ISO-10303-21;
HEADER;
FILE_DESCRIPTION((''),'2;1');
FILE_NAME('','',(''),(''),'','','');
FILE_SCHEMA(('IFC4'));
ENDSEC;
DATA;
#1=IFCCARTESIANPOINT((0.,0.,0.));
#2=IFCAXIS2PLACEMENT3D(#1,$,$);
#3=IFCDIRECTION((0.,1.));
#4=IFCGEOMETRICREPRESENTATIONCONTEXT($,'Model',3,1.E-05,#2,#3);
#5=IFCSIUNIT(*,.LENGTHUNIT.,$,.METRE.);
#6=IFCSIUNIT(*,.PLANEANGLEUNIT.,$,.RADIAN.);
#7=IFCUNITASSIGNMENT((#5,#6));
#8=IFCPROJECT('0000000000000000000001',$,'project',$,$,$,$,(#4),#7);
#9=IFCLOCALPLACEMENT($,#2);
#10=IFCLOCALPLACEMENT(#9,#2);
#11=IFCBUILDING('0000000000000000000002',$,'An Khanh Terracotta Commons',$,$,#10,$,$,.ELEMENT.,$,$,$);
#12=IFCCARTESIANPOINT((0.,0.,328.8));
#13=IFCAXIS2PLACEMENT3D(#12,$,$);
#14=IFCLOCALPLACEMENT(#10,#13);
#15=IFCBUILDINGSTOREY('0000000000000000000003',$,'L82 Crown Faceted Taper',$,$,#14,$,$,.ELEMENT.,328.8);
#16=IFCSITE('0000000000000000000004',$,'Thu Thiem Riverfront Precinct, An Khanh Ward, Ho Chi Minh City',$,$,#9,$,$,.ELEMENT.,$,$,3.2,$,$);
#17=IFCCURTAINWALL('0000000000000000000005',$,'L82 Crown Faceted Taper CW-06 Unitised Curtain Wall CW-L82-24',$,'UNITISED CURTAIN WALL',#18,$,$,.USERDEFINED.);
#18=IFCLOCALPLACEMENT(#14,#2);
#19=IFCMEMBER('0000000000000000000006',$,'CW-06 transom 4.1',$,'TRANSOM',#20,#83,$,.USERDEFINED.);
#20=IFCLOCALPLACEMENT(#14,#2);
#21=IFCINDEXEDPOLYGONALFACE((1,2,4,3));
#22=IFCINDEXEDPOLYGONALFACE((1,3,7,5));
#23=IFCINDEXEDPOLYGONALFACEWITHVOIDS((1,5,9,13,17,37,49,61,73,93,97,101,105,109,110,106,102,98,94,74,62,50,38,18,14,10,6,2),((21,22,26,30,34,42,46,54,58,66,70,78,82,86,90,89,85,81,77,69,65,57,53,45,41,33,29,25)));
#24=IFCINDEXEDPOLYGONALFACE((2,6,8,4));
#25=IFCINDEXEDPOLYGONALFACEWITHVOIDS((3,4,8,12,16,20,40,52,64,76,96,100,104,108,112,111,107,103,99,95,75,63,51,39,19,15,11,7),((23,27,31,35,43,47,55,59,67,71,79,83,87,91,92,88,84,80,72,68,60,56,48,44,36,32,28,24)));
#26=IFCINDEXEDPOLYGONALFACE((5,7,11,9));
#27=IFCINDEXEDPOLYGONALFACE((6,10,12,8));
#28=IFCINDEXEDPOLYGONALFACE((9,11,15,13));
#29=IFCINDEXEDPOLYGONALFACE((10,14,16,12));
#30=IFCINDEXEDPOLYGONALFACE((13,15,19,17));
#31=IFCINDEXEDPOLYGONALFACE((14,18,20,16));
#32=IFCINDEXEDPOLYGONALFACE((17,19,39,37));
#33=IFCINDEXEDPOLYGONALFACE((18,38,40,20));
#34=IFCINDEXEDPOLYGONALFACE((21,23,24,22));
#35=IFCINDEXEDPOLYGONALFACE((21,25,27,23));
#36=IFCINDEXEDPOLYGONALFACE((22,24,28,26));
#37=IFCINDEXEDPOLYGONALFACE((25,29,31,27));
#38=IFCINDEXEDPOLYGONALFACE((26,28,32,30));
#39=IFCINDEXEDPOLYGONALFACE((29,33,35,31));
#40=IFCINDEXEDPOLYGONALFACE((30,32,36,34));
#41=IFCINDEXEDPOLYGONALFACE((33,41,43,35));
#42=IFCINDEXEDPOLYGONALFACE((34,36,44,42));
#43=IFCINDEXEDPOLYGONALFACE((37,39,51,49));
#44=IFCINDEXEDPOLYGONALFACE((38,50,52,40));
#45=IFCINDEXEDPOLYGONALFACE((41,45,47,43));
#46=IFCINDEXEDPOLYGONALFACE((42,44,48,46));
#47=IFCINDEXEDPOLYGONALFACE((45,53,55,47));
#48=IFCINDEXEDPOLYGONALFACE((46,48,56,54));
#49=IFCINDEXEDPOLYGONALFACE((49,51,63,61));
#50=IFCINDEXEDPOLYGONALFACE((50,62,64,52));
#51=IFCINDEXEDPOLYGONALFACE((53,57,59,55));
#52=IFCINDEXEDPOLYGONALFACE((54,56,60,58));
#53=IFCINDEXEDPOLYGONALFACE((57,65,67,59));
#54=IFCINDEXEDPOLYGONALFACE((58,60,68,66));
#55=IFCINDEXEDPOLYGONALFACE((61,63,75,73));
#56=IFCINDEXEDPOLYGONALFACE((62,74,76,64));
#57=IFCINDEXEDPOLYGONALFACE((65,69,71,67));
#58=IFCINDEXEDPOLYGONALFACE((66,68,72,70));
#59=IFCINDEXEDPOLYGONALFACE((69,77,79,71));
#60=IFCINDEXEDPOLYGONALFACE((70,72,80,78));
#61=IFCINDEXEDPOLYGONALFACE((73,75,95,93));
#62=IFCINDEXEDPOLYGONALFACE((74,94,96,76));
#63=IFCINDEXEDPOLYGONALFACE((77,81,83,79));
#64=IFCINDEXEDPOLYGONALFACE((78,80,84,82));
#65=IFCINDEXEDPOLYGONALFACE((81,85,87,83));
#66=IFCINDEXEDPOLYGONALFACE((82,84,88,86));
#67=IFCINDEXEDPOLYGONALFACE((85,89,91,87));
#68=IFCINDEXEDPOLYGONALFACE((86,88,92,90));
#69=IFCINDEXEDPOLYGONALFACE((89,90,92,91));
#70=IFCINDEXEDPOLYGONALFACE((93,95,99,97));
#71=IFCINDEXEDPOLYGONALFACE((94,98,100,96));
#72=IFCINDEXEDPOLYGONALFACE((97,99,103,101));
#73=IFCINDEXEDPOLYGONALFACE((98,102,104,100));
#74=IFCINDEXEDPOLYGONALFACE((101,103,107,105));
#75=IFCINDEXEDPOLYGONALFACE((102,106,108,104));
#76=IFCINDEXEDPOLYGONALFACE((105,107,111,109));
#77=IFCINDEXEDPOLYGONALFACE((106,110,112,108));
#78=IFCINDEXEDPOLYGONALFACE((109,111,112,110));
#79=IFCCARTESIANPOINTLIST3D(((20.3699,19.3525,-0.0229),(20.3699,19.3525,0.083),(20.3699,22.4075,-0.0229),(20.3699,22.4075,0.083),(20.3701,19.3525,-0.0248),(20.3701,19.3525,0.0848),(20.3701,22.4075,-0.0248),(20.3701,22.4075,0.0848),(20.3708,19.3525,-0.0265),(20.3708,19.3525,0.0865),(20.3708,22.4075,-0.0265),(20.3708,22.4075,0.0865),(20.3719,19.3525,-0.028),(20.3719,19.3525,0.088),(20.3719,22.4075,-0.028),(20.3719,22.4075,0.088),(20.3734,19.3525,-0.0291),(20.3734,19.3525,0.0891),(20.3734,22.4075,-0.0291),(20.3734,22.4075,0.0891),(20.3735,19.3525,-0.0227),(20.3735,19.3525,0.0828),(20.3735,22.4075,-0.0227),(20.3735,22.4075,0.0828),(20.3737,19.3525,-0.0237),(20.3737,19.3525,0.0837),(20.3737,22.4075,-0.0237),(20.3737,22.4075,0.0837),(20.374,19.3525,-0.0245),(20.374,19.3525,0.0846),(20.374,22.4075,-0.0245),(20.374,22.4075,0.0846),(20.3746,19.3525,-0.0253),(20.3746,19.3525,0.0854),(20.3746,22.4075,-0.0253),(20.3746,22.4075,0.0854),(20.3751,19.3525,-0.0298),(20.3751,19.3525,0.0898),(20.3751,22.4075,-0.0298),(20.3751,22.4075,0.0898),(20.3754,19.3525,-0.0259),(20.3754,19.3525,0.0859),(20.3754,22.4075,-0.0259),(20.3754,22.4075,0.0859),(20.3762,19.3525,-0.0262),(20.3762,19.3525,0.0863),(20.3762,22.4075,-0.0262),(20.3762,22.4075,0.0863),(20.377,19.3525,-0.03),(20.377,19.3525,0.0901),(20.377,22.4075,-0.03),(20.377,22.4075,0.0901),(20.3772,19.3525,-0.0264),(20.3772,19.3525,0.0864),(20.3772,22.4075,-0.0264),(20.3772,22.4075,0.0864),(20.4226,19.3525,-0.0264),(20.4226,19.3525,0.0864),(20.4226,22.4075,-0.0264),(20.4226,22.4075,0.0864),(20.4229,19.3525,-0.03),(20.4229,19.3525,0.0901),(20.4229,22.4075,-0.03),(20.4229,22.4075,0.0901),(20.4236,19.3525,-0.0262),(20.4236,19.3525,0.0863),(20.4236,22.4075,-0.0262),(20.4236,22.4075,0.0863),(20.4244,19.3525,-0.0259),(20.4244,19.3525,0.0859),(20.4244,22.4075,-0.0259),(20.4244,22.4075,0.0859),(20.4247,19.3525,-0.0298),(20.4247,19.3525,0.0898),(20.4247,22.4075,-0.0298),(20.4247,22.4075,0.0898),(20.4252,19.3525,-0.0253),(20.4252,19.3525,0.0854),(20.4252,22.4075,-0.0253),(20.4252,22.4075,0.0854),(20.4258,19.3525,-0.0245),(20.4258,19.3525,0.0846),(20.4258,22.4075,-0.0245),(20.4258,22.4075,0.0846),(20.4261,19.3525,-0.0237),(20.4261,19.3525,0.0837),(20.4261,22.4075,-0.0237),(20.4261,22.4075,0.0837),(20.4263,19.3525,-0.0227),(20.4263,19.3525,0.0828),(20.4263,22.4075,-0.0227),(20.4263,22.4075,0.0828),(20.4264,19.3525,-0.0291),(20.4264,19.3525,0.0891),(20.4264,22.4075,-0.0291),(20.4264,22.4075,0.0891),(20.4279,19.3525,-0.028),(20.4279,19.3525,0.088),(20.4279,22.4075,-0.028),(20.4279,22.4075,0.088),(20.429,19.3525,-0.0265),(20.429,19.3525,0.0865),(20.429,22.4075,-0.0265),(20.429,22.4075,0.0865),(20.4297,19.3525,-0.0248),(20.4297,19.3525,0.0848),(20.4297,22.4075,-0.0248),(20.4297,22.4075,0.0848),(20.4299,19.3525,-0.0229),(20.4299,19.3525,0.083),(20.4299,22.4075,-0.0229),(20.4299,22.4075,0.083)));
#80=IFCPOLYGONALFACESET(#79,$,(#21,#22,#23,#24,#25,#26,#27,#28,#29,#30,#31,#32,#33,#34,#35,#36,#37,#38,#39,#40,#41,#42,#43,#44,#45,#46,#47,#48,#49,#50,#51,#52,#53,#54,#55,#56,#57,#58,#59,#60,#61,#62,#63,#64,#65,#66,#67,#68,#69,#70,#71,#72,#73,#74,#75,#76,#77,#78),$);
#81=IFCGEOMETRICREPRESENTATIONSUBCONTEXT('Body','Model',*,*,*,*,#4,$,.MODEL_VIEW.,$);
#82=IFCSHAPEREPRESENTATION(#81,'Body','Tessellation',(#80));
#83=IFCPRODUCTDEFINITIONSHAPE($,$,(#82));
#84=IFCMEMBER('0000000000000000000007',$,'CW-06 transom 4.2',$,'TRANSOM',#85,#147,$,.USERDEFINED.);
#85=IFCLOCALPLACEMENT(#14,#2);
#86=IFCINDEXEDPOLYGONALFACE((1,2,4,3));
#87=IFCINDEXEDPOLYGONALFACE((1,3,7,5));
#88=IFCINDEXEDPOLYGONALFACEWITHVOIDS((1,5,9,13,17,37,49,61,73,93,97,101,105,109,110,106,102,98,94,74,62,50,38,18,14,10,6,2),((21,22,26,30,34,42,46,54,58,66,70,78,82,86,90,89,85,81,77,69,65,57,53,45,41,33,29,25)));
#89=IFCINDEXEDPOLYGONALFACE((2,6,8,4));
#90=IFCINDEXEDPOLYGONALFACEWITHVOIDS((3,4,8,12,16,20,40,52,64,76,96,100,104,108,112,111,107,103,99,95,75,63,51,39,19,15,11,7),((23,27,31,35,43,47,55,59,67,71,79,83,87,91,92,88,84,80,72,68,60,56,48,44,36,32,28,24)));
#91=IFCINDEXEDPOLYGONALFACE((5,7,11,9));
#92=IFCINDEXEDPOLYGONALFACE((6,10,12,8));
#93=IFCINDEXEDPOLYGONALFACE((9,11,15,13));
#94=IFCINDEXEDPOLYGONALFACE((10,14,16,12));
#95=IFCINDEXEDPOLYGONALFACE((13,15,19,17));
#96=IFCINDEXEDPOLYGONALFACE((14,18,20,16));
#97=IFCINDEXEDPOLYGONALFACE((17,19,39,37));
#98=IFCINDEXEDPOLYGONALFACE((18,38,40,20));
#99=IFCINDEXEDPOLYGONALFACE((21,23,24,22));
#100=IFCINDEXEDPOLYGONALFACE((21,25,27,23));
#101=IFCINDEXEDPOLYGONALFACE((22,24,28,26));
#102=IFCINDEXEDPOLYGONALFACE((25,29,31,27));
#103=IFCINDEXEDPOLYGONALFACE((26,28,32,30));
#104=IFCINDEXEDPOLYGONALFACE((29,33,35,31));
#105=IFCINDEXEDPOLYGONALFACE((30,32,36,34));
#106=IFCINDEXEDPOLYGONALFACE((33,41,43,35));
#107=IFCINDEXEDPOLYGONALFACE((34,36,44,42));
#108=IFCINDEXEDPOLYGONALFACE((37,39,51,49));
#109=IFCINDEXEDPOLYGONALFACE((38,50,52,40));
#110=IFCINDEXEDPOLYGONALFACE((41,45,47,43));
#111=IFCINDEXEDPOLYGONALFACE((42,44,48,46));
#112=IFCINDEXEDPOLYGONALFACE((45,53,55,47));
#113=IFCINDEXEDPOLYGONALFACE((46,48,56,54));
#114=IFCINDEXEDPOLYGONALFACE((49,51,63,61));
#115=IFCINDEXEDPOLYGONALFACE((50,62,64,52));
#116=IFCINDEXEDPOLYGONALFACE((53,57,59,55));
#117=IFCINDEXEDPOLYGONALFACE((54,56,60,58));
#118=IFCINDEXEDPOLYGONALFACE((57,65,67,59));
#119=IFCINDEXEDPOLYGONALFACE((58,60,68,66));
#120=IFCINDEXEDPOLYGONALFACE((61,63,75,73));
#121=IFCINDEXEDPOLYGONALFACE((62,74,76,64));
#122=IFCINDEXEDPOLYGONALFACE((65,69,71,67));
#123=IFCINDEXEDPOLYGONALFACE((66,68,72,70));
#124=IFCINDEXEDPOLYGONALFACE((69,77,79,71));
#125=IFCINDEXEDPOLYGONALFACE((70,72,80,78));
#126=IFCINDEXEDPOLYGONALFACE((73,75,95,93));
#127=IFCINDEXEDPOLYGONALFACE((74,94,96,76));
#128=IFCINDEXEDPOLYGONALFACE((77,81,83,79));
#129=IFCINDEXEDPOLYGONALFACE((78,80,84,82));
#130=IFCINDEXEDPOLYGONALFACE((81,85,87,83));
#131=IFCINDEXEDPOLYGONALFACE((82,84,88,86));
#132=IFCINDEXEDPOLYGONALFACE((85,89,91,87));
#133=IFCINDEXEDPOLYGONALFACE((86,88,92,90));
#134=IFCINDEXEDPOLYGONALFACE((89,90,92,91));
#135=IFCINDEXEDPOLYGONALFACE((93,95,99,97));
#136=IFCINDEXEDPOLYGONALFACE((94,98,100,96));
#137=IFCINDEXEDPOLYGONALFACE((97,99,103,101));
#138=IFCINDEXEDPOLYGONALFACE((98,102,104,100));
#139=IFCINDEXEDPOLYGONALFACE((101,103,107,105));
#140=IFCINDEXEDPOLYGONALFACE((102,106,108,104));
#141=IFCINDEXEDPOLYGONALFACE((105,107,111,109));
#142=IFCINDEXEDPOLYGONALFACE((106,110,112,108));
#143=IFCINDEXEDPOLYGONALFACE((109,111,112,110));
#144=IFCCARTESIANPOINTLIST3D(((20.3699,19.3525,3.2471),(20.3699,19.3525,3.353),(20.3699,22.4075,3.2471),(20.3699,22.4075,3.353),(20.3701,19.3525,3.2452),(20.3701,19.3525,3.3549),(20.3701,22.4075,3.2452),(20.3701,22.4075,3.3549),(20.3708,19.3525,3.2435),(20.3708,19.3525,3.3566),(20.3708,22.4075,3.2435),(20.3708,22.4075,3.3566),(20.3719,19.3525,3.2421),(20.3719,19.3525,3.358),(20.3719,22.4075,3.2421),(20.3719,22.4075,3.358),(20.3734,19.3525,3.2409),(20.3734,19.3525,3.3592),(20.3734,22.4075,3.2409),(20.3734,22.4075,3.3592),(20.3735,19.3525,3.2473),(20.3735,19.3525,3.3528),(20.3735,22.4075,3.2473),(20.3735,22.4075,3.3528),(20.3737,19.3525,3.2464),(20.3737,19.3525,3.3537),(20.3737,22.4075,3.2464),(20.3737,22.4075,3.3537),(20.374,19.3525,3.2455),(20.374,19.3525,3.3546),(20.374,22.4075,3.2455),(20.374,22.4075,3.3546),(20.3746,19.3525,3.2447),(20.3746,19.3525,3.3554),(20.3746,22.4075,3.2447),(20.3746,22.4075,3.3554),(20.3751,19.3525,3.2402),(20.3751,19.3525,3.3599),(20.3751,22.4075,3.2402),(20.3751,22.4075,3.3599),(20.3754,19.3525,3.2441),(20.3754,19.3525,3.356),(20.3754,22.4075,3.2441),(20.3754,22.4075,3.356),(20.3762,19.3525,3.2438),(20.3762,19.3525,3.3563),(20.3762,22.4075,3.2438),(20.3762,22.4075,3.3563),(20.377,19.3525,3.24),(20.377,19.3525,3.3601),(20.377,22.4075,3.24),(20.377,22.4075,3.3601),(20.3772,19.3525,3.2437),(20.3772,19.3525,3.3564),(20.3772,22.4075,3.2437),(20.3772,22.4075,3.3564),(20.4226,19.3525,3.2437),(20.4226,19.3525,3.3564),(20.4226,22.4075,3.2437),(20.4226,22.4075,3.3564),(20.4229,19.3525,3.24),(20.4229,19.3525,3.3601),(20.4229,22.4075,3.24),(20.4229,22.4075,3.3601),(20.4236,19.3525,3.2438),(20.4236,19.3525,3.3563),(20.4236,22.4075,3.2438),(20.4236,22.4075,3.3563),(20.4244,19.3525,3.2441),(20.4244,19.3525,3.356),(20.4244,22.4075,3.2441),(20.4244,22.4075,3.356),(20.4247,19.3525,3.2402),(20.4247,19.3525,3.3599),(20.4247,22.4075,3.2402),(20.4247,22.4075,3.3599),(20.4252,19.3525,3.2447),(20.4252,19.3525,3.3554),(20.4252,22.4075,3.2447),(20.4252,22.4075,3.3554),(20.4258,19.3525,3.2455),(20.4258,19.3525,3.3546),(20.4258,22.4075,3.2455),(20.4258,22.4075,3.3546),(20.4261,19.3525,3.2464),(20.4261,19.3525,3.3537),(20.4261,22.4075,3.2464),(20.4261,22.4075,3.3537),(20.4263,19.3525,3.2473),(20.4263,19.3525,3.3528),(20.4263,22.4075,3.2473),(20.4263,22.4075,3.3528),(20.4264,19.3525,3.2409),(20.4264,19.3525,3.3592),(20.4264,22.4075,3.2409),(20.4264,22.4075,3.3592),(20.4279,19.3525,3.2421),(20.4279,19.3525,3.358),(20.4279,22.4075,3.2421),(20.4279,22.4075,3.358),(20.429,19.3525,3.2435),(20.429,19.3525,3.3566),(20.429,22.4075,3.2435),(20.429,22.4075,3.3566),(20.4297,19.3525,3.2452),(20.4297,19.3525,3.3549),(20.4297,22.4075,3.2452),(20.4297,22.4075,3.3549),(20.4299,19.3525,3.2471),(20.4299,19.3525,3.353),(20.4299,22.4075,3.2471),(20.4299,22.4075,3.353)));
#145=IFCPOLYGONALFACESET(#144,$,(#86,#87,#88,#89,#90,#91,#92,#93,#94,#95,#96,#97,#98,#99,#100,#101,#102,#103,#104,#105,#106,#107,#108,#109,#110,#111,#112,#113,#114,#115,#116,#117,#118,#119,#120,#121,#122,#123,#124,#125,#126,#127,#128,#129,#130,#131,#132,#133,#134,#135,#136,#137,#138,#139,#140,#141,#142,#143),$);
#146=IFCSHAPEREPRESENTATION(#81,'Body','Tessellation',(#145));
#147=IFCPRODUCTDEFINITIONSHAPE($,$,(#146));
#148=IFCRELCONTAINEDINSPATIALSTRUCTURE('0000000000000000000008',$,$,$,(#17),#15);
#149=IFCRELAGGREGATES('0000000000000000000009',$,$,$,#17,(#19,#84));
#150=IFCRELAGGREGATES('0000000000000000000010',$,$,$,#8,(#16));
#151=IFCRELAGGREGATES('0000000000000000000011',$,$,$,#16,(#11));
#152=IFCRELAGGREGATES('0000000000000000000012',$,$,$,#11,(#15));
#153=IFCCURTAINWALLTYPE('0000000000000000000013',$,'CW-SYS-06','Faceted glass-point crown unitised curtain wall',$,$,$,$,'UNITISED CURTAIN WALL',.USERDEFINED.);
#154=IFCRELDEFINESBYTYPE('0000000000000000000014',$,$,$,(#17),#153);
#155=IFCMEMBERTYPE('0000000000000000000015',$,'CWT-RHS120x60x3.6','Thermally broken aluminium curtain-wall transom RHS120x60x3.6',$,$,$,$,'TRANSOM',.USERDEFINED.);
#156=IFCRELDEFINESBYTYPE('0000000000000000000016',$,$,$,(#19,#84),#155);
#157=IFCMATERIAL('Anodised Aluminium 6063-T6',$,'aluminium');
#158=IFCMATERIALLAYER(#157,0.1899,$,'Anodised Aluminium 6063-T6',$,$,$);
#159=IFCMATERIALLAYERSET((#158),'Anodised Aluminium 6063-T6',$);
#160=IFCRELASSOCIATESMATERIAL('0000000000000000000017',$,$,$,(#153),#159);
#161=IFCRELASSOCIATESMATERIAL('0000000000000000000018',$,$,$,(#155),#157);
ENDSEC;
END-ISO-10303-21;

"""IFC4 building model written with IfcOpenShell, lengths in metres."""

from ifc_helpers import new_model, si_unit, direction, frame, origin, origin_2d, place, context, subcontext, project, spatial, hollow_rectangle, extrude, material, layer, layer_set, material_profile, profile_set, type_object, element, aggregate, save


model = new_model("IFC4")

# Units and contexts
model_context = context("Model", 3, precision=1e-05, world=origin(), true_north=direction((0.0, 1.0)))
body_context = subcontext(model_context, "Body", "Model", "MODEL_VIEW")
ifc_project = project(units=[si_unit("LENGTHUNIT", "METRE"), si_unit("PLANEANGLEUNIT", "RADIAN")], contexts=[model_context])

# Site, building, storey
site_placement = place(None, origin())
site = spatial("IfcSite", under=ifc_project, at=site_placement, Name="Thu Thiem Riverfront Precinct, An Khanh Ward, Ho Chi Minh City", CompositionType="ELEMENT", RefElevation=3.2)
building_placement = place(site_placement, origin())
building = spatial("IfcBuilding", under=site, at=building_placement, Name="An Khanh Terracotta Commons", CompositionType="ELEMENT")
storey_placement = place(building_placement, frame((0.0, 0.0, 328.8)))
storey = spatial("IfcBuildingStorey", under=building, at=storey_placement, Name="L82 Crown Faceted Taper", CompositionType="ELEMENT", Elevation=328.8)

# Shared definitions
ifc_material_1 = material(Name="Anodised Aluminium 6063-T6", Category="aluminium")
ifc_layer_1 = layer(ifc_material_1, 0.1899, Name="Anodised Aluminium 6063-T6")
ifc_layer_set_1 = layer_set([ifc_layer_1], Name="Anodised Aluminium 6063-T6")
curtain_wall_type = type_object("IfcCurtainWallType", Name="CW-SYS-06", Description="Faceted glass-point crown unitised curtain wall", ElementType="UNITISED CURTAIN WALL", PredefinedType="USERDEFINED", material=ifc_layer_set_1)

# Curtain wall
curtain_wall_1_placement = place(storey_placement, origin())
curtain_wall_1 = element("IfcCurtainWall", 1, at=curtain_wall_1_placement, inside=storey, type_object=curtain_wall_type, Name="L82 Crown Faceted Taper CW-06 Unitised Curtain Wall CW-L82-24", ObjectType="UNITISED CURTAIN WALL", PredefinedType="USERDEFINED")

# Members
ifc_material_profile_1 = material_profile(ifc_material_1, hollow_rectangle(XDim=0.0601, YDim=0.1201, WallThickness=0.0037, InnerFilletRadius=0.0037, OuterFilletRadius=0.0071, at=origin_2d()), Name="RHS120x60x3.6")
ifc_profile_set_1 = profile_set([ifc_material_profile_1], Name="Anodised Aluminium 6063-T6")
member_type_1 = type_object("IfcMemberType", Name="CWT-RHS120x60x3.6", Description="Thermally broken aluminium curtain-wall transom RHS120x60x3.6", ElementType="TRANSOM", PredefinedType="USERDEFINED", material=ifc_profile_set_1)
member_1_placement = place(storey_placement, frame((20.3999, 22.4075, 0.03), z_axis=(0.0, -1.0, 0.0), x_axis=(1.0, 0.0, 0.0)))
member_1 = element("IfcMember", 2, at=member_1_placement, type_object=member_type_1, Name="CW-06 transom 4.1", ObjectType="TRANSOM", PredefinedType="USERDEFINED", context=body_context, shape_type="SweptSolid", body=[
    extrude(hollow_rectangle(XDim=0.0601, YDim=0.1201, WallThickness=0.0037, InnerFilletRadius=0.0037, OuterFilletRadius=0.0071, at=origin_2d()), origin(), (0.0, 0.0, 1.0), 3.0549),
])
member_2_placement = place(storey_placement, frame((20.3999, 22.4075, 3.3), z_axis=(0.0, -1.0, 0.0), x_axis=(1.0, 0.0, 0.0)))
member_2 = element("IfcMember", 3, at=member_2_placement, type_object=member_type_1, Name="CW-06 transom 4.2", ObjectType="TRANSOM", PredefinedType="USERDEFINED", context=body_context, shape_type="SweptSolid", body=[
    extrude(hollow_rectangle(XDim=0.0601, YDim=0.1201, WallThickness=0.0037, InnerFilletRadius=0.0037, OuterFilletRadius=0.0071, at=origin_2d()), origin(), (0.0, 0.0, 1.0), 3.0549),
])

aggregate(curtain_wall_1, [member_1, member_2])

save(model, "model.ifc")
